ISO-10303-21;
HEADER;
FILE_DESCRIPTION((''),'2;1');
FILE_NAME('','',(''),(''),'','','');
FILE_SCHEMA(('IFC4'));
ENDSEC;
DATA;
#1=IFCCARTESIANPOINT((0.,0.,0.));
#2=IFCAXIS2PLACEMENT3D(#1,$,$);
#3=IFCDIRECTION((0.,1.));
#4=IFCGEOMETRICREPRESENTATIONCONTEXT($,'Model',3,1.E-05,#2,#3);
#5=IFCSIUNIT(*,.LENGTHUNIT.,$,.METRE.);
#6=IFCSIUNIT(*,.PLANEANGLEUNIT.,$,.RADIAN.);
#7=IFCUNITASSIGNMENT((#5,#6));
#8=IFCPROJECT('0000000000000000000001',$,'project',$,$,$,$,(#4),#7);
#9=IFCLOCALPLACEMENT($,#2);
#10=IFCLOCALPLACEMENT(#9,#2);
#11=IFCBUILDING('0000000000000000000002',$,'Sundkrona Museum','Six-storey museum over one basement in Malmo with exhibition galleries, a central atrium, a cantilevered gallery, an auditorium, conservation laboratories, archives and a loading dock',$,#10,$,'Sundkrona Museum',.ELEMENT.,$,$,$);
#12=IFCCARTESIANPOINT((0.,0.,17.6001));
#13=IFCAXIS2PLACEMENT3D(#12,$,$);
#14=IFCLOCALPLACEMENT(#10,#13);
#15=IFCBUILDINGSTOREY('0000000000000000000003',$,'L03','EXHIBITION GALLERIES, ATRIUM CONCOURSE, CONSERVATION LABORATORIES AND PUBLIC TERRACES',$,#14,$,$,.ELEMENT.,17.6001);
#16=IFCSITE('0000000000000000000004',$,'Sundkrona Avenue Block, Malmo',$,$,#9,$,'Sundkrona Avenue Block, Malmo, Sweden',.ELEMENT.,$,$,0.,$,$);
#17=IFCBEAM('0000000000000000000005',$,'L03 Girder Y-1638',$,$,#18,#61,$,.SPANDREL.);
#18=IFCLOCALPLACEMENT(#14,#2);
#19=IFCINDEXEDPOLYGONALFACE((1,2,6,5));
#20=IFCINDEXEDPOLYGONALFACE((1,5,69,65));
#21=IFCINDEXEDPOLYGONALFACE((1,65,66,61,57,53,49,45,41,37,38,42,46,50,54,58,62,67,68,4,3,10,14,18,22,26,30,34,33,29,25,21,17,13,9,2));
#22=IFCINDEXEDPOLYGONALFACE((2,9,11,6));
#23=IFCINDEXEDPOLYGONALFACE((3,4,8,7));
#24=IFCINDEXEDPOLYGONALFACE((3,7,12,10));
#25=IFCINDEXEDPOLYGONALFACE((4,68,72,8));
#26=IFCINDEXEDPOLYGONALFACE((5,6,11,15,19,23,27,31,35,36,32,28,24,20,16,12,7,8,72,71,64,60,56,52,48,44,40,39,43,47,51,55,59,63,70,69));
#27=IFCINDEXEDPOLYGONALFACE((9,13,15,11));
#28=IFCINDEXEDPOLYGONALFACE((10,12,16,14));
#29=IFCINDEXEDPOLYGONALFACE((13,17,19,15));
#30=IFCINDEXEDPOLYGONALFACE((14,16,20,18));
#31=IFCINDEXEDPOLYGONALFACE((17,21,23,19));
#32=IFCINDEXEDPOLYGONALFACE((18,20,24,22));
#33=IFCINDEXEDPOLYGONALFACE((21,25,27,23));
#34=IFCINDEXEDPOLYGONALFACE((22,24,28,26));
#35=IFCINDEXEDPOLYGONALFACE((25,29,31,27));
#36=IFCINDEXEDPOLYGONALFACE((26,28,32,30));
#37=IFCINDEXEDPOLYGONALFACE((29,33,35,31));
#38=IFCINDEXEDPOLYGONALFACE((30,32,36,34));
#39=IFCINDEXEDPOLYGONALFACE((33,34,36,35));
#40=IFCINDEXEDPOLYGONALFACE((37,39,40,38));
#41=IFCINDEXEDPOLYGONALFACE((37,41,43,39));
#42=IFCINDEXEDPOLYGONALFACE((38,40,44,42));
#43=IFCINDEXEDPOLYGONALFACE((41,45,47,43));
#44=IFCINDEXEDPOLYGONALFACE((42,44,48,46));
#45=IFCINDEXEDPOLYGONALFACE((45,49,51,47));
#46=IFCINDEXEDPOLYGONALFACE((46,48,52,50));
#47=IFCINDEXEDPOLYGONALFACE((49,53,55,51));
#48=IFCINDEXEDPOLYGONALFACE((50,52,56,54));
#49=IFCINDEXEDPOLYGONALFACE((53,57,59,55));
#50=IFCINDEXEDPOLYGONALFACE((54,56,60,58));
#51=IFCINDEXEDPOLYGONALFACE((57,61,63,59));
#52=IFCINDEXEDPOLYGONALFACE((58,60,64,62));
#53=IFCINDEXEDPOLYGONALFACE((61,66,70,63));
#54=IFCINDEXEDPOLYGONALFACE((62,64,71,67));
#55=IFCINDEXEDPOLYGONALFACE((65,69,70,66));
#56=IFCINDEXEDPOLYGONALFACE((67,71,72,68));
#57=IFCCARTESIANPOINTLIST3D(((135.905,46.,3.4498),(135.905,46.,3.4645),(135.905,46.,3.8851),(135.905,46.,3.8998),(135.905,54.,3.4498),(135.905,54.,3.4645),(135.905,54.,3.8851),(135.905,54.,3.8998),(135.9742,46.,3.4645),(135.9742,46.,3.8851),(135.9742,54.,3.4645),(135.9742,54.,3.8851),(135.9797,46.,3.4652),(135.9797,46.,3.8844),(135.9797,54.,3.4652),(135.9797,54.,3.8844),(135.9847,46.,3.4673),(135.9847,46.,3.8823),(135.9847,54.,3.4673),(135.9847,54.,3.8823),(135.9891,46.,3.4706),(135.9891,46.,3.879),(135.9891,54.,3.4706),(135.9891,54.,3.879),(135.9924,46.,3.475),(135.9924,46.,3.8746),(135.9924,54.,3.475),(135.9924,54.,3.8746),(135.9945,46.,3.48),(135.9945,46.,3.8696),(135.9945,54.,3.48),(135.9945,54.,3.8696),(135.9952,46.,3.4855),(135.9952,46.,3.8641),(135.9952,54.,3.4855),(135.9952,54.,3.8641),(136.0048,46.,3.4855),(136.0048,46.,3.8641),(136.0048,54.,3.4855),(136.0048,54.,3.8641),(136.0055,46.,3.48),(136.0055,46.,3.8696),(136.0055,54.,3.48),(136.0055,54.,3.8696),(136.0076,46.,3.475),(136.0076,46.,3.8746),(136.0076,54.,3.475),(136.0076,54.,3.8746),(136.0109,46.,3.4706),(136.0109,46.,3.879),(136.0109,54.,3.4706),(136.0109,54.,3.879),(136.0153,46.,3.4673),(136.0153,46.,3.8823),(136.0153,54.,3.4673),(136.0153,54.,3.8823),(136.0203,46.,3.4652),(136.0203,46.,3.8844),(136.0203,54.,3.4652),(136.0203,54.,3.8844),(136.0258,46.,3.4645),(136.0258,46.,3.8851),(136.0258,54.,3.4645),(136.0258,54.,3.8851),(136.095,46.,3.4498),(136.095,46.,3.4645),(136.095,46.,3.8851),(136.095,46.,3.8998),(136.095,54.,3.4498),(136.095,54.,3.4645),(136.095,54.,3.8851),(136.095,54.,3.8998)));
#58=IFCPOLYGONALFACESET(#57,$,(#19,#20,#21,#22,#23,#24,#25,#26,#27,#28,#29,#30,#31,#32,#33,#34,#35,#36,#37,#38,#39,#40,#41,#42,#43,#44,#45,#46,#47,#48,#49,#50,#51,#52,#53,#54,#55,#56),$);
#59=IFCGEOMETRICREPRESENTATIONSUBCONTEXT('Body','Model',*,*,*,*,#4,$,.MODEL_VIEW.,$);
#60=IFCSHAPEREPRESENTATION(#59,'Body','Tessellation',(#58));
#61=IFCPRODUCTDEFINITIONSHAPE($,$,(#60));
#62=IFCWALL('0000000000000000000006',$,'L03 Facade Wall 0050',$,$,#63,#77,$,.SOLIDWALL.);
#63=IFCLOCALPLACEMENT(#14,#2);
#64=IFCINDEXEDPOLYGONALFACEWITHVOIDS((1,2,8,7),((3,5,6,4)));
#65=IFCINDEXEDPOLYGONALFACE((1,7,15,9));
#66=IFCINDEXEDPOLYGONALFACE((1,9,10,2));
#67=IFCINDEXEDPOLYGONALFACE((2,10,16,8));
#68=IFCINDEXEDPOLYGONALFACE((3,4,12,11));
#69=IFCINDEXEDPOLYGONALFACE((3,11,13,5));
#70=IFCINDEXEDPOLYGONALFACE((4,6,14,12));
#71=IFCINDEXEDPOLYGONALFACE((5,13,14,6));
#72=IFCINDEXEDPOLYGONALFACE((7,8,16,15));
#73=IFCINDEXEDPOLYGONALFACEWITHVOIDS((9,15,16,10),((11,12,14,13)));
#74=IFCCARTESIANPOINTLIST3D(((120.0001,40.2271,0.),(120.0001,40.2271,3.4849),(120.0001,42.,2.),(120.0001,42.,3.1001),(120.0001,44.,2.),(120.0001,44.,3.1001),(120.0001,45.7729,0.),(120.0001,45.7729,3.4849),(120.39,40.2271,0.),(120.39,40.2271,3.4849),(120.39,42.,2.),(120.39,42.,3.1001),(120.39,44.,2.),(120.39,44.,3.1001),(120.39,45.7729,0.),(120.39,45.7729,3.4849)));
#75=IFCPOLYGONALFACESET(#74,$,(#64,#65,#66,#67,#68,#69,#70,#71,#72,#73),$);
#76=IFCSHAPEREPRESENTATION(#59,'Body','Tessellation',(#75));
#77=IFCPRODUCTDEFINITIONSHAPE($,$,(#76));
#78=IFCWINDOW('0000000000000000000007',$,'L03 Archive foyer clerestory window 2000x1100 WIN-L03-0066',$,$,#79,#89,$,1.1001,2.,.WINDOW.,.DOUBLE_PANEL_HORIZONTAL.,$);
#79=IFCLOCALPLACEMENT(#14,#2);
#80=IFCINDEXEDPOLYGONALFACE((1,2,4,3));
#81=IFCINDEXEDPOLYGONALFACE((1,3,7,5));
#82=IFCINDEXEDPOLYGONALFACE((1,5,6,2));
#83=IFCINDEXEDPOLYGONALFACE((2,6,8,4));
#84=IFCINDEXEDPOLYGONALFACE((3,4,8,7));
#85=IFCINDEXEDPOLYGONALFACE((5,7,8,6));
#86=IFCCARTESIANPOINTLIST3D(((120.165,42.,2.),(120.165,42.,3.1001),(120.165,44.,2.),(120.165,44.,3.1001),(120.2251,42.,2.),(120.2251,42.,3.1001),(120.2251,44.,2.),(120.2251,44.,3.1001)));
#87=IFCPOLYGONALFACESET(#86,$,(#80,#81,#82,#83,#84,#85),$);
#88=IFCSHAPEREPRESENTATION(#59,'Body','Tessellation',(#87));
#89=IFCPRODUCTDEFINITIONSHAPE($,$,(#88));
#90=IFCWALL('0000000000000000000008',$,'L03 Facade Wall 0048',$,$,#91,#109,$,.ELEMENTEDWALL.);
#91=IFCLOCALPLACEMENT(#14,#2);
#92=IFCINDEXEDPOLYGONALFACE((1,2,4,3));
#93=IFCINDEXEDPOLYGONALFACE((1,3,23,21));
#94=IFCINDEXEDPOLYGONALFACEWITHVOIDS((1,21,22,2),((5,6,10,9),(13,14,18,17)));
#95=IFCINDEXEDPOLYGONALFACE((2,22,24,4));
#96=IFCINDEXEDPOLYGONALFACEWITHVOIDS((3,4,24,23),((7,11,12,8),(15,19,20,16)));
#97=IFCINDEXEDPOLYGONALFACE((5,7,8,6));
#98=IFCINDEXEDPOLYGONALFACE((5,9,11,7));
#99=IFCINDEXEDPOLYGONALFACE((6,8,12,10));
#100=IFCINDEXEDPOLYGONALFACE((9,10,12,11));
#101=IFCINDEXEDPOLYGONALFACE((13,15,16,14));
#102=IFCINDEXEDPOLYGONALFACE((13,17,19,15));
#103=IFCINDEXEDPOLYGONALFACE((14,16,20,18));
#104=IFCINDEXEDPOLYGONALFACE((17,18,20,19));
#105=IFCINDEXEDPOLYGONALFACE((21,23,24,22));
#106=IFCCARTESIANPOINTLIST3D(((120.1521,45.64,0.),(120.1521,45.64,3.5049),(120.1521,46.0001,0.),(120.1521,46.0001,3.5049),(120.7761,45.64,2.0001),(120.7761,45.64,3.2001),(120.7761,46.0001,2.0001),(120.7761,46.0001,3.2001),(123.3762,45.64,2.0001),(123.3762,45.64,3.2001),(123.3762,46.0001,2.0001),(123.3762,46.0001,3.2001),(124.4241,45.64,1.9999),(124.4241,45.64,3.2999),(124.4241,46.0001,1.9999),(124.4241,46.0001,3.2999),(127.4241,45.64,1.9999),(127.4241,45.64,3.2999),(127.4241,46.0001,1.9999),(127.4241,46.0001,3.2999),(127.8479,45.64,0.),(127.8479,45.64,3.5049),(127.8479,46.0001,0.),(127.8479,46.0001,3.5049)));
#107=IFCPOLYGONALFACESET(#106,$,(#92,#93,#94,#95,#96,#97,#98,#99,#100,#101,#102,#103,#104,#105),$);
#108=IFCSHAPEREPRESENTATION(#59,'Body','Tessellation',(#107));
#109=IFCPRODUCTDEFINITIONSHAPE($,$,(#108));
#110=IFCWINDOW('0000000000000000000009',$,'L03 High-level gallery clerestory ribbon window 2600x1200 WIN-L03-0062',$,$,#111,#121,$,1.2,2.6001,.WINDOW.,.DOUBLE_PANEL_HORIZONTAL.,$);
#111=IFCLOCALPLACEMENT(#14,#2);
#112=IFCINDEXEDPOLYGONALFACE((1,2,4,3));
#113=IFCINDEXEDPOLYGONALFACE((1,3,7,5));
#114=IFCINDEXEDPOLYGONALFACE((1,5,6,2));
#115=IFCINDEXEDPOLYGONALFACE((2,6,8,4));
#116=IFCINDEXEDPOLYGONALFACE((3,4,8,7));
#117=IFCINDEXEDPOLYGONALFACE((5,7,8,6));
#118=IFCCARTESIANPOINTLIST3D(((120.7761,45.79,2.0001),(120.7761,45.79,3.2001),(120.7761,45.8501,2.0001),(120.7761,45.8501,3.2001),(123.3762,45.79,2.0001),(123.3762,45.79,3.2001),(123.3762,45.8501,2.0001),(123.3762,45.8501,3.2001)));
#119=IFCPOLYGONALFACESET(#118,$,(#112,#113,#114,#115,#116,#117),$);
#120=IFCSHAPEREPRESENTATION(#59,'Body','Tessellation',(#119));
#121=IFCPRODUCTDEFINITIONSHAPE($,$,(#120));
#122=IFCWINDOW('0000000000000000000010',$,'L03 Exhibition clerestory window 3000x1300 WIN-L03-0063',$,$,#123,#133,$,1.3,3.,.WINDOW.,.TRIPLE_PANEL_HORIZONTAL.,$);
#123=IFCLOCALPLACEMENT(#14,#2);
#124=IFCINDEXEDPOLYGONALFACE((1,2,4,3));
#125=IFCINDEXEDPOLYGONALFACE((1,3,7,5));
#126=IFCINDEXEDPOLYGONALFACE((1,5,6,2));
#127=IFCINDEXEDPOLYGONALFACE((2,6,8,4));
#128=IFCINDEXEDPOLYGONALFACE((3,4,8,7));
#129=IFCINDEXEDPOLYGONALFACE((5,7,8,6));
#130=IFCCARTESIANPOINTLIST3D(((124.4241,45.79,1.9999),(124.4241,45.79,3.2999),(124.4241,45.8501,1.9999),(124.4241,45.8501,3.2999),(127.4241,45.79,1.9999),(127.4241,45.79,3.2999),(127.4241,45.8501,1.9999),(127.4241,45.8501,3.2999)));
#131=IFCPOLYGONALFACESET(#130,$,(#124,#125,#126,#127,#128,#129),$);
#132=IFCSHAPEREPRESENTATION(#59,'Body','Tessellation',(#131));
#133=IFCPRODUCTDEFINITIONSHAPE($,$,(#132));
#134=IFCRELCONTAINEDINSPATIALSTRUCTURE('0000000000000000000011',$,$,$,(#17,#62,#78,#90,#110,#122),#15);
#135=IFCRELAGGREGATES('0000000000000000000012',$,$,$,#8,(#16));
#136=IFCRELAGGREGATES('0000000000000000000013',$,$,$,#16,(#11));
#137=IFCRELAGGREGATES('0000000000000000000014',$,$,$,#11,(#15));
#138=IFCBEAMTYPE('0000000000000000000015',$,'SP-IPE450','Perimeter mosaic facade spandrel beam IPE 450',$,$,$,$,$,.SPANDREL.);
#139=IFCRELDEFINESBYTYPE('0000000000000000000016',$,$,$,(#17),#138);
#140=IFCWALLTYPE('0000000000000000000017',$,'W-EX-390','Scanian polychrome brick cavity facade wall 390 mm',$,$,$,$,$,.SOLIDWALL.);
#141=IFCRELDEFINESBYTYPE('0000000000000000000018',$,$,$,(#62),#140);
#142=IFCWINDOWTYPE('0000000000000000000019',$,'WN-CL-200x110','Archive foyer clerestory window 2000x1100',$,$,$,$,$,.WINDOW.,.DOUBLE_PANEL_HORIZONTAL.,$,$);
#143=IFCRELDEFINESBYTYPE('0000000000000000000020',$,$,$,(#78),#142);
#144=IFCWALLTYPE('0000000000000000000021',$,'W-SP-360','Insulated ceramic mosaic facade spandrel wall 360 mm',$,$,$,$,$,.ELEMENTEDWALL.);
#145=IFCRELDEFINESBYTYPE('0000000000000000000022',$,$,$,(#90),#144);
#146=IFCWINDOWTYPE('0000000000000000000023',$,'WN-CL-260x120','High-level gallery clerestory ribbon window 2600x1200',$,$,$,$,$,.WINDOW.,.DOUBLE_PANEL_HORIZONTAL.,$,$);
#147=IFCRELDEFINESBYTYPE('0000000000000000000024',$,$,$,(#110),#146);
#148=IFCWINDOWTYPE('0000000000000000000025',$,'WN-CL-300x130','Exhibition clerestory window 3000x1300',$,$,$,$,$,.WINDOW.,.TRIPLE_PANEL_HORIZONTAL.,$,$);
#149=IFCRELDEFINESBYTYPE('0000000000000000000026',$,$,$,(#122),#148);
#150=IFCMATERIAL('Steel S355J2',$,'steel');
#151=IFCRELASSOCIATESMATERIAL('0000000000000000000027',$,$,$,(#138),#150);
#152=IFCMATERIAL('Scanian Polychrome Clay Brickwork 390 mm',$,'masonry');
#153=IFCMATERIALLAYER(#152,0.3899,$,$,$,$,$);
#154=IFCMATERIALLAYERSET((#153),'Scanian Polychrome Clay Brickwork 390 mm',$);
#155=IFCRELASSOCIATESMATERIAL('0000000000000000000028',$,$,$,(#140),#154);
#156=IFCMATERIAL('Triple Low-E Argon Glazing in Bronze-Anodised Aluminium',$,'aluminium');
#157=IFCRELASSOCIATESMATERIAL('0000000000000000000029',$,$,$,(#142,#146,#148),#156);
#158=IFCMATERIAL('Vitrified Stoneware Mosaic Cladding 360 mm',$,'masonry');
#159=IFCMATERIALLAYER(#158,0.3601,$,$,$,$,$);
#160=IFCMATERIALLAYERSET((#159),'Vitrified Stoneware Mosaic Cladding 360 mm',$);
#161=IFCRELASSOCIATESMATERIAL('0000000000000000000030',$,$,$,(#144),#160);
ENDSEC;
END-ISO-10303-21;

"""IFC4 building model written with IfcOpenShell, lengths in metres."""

from ifc_helpers import new_model, si_unit, direction, frame, frame_2d, origin, origin_2d, place, context, subcontext, project, spatial, rectangle, i_section, extrude, material, layer, layer_set, material_profile, profile_set, type_object, element, fill, save


model = new_model("IFC4")

# Units and contexts
model_context = context("Model", 3, precision=1e-05, world=origin(), true_north=direction((0.0, 1.0)))
body_context = subcontext(model_context, "Body", "Model", "MODEL_VIEW")
ifc_project = project(units=[si_unit("LENGTHUNIT", "METRE"), si_unit("PLANEANGLEUNIT", "RADIAN")], contexts=[model_context])

# Site, building, storey
site_placement = place(None, origin())
site = spatial("IfcSite", under=ifc_project, at=site_placement, Name="Sundkrona Avenue Block, Malmo", LongName="Sundkrona Avenue Block, Malmo, Sweden", CompositionType="ELEMENT", RefElevation=0.0)
building_placement = place(site_placement, origin())
building = spatial("IfcBuilding", under=site, at=building_placement, Name="Sundkrona Museum", Description="Six-storey museum over one basement in Malmo with exhibition galleries, a central atrium, a cantilevered gallery, an auditorium, conservation laboratories, archives and a loading dock", LongName="Sundkrona Museum", CompositionType="ELEMENT")
storey_placement = place(building_placement, frame((0.0, 0.0, 17.6001)))
storey = spatial("IfcBuildingStorey", under=building, at=storey_placement, Name="L03", Description="EXHIBITION GALLERIES, ATRIUM CONCOURSE, CONSERVATION LABORATORIES AND PUBLIC TERRACES", CompositionType="ELEMENT", Elevation=17.6001)

# Shared definitions
ifc_material_1 = material(Name="Steel S355J2", Category="steel")

# Beam
ifc_material_profile_1 = material_profile(ifc_material_1, i_section(OverallWidth=0.1899, OverallDepth=0.45, WebThickness=0.0095, FlangeThickness=0.0146, FilletRadius=0.021, at=origin_2d()), Name="IPE 450")
ifc_profile_set_1 = profile_set([ifc_material_profile_1], Name="Steel S355J2")
beam_type_1 = type_object("IfcBeamType", Name="SP-IPE450", Description="Perimeter mosaic facade spandrel beam IPE 450", PredefinedType="SPANDREL", material=ifc_profile_set_1)
for number, where, z_axis, x_axis, name in (
    (1, (136.0, 46.0, 3.6748), (0.0, 1.0, 0.0), (-1.0, 0.0, 0.0), "L03 Girder Y-1638"),
):
    element("IfcBeam", number, at=place(storey_placement, frame(where, z_axis=z_axis, x_axis=x_axis)), inside=storey, type_object=beam_type_1, Name=name, PredefinedType="SPANDREL", context=body_context, shape_type="SweptSolid", body=[
        extrude(i_section(OverallWidth=0.1899, OverallDepth=0.45, WebThickness=0.0095, FlangeThickness=0.0146, FilletRadius=0.021, at=origin_2d()), origin(), (0.0, 0.0, 1.0), 8.0),
    ])

# Wall, opening, window
ifc_material_2 = material(Name="Scanian Polychrome Clay Brickwork 390 mm", Category="masonry")
ifc_layer_1 = layer(ifc_material_2, 0.3899)
ifc_layer_set_1 = layer_set([ifc_layer_1], Name="Scanian Polychrome Clay Brickwork 390 mm")
wall_type_1 = type_object("IfcWallType", Name="W-EX-390", Description="Scanian polychrome brick cavity facade wall 390 mm", PredefinedType="SOLIDWALL", material=ifc_layer_set_1)
wall_1_placement = place(storey_placement, frame((120.1951, 40.2271, 0.0), z_axis=(0.0, 0.0, 1.0), x_axis=(0.0, 1.0, 0.0)))
wall_1 = element("IfcWall", 2, at=wall_1_placement, inside=storey, type_object=wall_type_1, Name="L03 Facade Wall 0050", PredefinedType="SOLIDWALL", context=body_context, shape_type="SweptSolid", body=[
    extrude(rectangle(XDim=5.5459, YDim=0.3899, at=frame_2d((2.7729, 0.0))), origin(), (0.0, 0.0, 1.0), 3.4849),
])
opening_1_placement = place(wall_1_placement, frame((1.7729, 0.0, 2.0)))
opening_1 = element("IfcOpeningElement", 3, at=opening_1_placement, cuts=wall_1, PredefinedType="OPENING", context=body_context, shape_type="SweptSolid", body=[
    extrude(rectangle(XDim=2.0, YDim=1.1001, at=frame_2d((1.0, 0.55))), frame((0.0, 0.2048, 0.0), z_axis=(0.0, -1.0, 0.0), x_axis=(1.0, 0.0, 0.0)), (0.0, 0.0, 1.0), 0.4099),
])
ifc_material_3 = material(Name="Triple Low-E Argon Glazing in Bronze-Anodised Aluminium", Category="aluminium")
window_type_1 = type_object("IfcWindowType", Name="WN-CL-200x110", Description="Archive foyer clerestory window 2000x1100", PartitioningType="DOUBLE_PANEL_HORIZONTAL", PredefinedType="WINDOW", material=ifc_material_3)
window_1_placement = place(opening_1_placement, origin())
window_1 = element("IfcWindow", 4, at=window_1_placement, inside=storey, type_object=window_type_1, Name="L03 Archive foyer clerestory window 2000x1100 WIN-L03-0066", OverallHeight=1.1001, OverallWidth=2.0, PartitioningType="DOUBLE_PANEL_HORIZONTAL", PredefinedType="WINDOW", context=body_context, shape_type="SweptSolid", body=[
    extrude(rectangle(XDim=2.0, YDim=1.1001, at=frame_2d((1.0, 0.55))), frame((0.0, 0.03, 0.0), z_axis=(0.0, -1.0, 0.0), x_axis=(1.0, 0.0, 0.0)), (0.0, 0.0, 1.0), 0.0601),
])
fill(opening_1, window_1)

# Wall, openings, windows
ifc_material_4 = material(Name="Vitrified Stoneware Mosaic Cladding 360 mm", Category="masonry")
ifc_layer_2 = layer(ifc_material_4, 0.3601)
ifc_layer_set_2 = layer_set([ifc_layer_2], Name="Vitrified Stoneware Mosaic Cladding 360 mm")
wall_type_2 = type_object("IfcWallType", Name="W-SP-360", Description="Insulated ceramic mosaic facade spandrel wall 360 mm", PredefinedType="ELEMENTEDWALL", material=ifc_layer_set_2)
wall_2_placement = place(storey_placement, frame((120.1521, 45.8201, 0.0), z_axis=(0.0, 0.0, 1.0), x_axis=(1.0, 0.0, 0.0)))
wall_2 = element("IfcWall", 5, at=wall_2_placement, inside=storey, type_object=wall_type_2, Name="L03 Facade Wall 0048", PredefinedType="ELEMENTEDWALL", context=body_context, shape_type="SweptSolid", body=[
    extrude(rectangle(XDim=7.6958, YDim=0.3601, at=frame_2d((3.8479, 0.0))), origin(), (0.0, 0.0, 1.0), 3.5049),
])
opening_2_placement = place(wall_2_placement, frame((0.624, 0.0, 2.0)))
opening_2 = element("IfcOpeningElement", 6, at=opening_2_placement, cuts=wall_2, PredefinedType="OPENING", context=body_context, shape_type="SweptSolid", body=[
    extrude(rectangle(XDim=2.6001, YDim=1.2, at=frame_2d((1.3, 0.6001))), frame((0.0, 0.1899, 0.0), z_axis=(0.0, -1.0, 0.0), x_axis=(1.0, 0.0, 0.0)), (0.0, 0.0, 1.0), 0.3801),
])
opening_3_placement = place(wall_2_placement, frame((4.272, 0.0, 2.0)))
opening_3 = element("IfcOpeningElement", 7, at=opening_3_placement, cuts=wall_2, PredefinedType="OPENING", context=body_context, shape_type="SweptSolid", body=[
    extrude(rectangle(XDim=3.0, YDim=1.3, at=frame_2d((1.5, 0.6499))), frame((0.0, 0.1899, 0.0), z_axis=(0.0, -1.0, 0.0), x_axis=(1.0, 0.0, 0.0)), (0.0, 0.0, 1.0), 0.3801),
])
window_type_2 = type_object("IfcWindowType", Name="WN-CL-260x120", Description="High-level gallery clerestory ribbon window 2600x1200", PartitioningType="DOUBLE_PANEL_HORIZONTAL", PredefinedType="WINDOW", material=ifc_material_3)
window_2_placement = place(opening_2_placement, origin())
window_2 = element("IfcWindow", 8, at=window_2_placement, inside=storey, type_object=window_type_2, Name="L03 High-level gallery clerestory ribbon window 2600x1200 WIN-L03-0062", OverallHeight=1.2, OverallWidth=2.6001, PartitioningType="DOUBLE_PANEL_HORIZONTAL", PredefinedType="WINDOW", context=body_context, shape_type="SweptSolid", body=[
    extrude(rectangle(XDim=2.6001, YDim=1.2, at=frame_2d((1.3, 0.6001))), frame((0.0, 0.03, 0.0), z_axis=(0.0, -1.0, 0.0), x_axis=(1.0, 0.0, 0.0)), (0.0, 0.0, 1.0), 0.0601),
])
fill(opening_2, window_2)
window_type_3 = type_object("IfcWindowType", Name="WN-CL-300x130", Description="Exhibition clerestory window 3000x1300", PartitioningType="TRIPLE_PANEL_HORIZONTAL", PredefinedType="WINDOW", material=ifc_material_3)
window_3_placement = place(opening_3_placement, origin())
window_3 = element("IfcWindow", 9, at=window_3_placement, inside=storey, type_object=window_type_3, Name="L03 Exhibition clerestory window 3000x1300 WIN-L03-0063", OverallHeight=1.3, OverallWidth=3.0, PartitioningType="TRIPLE_PANEL_HORIZONTAL", PredefinedType="WINDOW", context=body_context, shape_type="SweptSolid", body=[
    extrude(rectangle(XDim=3.0, YDim=1.3, at=frame_2d((1.5, 0.6499))), frame((0.0, 0.03, 0.0), z_axis=(0.0, -1.0, 0.0), x_axis=(1.0, 0.0, 0.0)), (0.0, 0.0, 1.0), 0.0601),
])
fill(opening_3, window_3)

save(model, "model.ifc")
